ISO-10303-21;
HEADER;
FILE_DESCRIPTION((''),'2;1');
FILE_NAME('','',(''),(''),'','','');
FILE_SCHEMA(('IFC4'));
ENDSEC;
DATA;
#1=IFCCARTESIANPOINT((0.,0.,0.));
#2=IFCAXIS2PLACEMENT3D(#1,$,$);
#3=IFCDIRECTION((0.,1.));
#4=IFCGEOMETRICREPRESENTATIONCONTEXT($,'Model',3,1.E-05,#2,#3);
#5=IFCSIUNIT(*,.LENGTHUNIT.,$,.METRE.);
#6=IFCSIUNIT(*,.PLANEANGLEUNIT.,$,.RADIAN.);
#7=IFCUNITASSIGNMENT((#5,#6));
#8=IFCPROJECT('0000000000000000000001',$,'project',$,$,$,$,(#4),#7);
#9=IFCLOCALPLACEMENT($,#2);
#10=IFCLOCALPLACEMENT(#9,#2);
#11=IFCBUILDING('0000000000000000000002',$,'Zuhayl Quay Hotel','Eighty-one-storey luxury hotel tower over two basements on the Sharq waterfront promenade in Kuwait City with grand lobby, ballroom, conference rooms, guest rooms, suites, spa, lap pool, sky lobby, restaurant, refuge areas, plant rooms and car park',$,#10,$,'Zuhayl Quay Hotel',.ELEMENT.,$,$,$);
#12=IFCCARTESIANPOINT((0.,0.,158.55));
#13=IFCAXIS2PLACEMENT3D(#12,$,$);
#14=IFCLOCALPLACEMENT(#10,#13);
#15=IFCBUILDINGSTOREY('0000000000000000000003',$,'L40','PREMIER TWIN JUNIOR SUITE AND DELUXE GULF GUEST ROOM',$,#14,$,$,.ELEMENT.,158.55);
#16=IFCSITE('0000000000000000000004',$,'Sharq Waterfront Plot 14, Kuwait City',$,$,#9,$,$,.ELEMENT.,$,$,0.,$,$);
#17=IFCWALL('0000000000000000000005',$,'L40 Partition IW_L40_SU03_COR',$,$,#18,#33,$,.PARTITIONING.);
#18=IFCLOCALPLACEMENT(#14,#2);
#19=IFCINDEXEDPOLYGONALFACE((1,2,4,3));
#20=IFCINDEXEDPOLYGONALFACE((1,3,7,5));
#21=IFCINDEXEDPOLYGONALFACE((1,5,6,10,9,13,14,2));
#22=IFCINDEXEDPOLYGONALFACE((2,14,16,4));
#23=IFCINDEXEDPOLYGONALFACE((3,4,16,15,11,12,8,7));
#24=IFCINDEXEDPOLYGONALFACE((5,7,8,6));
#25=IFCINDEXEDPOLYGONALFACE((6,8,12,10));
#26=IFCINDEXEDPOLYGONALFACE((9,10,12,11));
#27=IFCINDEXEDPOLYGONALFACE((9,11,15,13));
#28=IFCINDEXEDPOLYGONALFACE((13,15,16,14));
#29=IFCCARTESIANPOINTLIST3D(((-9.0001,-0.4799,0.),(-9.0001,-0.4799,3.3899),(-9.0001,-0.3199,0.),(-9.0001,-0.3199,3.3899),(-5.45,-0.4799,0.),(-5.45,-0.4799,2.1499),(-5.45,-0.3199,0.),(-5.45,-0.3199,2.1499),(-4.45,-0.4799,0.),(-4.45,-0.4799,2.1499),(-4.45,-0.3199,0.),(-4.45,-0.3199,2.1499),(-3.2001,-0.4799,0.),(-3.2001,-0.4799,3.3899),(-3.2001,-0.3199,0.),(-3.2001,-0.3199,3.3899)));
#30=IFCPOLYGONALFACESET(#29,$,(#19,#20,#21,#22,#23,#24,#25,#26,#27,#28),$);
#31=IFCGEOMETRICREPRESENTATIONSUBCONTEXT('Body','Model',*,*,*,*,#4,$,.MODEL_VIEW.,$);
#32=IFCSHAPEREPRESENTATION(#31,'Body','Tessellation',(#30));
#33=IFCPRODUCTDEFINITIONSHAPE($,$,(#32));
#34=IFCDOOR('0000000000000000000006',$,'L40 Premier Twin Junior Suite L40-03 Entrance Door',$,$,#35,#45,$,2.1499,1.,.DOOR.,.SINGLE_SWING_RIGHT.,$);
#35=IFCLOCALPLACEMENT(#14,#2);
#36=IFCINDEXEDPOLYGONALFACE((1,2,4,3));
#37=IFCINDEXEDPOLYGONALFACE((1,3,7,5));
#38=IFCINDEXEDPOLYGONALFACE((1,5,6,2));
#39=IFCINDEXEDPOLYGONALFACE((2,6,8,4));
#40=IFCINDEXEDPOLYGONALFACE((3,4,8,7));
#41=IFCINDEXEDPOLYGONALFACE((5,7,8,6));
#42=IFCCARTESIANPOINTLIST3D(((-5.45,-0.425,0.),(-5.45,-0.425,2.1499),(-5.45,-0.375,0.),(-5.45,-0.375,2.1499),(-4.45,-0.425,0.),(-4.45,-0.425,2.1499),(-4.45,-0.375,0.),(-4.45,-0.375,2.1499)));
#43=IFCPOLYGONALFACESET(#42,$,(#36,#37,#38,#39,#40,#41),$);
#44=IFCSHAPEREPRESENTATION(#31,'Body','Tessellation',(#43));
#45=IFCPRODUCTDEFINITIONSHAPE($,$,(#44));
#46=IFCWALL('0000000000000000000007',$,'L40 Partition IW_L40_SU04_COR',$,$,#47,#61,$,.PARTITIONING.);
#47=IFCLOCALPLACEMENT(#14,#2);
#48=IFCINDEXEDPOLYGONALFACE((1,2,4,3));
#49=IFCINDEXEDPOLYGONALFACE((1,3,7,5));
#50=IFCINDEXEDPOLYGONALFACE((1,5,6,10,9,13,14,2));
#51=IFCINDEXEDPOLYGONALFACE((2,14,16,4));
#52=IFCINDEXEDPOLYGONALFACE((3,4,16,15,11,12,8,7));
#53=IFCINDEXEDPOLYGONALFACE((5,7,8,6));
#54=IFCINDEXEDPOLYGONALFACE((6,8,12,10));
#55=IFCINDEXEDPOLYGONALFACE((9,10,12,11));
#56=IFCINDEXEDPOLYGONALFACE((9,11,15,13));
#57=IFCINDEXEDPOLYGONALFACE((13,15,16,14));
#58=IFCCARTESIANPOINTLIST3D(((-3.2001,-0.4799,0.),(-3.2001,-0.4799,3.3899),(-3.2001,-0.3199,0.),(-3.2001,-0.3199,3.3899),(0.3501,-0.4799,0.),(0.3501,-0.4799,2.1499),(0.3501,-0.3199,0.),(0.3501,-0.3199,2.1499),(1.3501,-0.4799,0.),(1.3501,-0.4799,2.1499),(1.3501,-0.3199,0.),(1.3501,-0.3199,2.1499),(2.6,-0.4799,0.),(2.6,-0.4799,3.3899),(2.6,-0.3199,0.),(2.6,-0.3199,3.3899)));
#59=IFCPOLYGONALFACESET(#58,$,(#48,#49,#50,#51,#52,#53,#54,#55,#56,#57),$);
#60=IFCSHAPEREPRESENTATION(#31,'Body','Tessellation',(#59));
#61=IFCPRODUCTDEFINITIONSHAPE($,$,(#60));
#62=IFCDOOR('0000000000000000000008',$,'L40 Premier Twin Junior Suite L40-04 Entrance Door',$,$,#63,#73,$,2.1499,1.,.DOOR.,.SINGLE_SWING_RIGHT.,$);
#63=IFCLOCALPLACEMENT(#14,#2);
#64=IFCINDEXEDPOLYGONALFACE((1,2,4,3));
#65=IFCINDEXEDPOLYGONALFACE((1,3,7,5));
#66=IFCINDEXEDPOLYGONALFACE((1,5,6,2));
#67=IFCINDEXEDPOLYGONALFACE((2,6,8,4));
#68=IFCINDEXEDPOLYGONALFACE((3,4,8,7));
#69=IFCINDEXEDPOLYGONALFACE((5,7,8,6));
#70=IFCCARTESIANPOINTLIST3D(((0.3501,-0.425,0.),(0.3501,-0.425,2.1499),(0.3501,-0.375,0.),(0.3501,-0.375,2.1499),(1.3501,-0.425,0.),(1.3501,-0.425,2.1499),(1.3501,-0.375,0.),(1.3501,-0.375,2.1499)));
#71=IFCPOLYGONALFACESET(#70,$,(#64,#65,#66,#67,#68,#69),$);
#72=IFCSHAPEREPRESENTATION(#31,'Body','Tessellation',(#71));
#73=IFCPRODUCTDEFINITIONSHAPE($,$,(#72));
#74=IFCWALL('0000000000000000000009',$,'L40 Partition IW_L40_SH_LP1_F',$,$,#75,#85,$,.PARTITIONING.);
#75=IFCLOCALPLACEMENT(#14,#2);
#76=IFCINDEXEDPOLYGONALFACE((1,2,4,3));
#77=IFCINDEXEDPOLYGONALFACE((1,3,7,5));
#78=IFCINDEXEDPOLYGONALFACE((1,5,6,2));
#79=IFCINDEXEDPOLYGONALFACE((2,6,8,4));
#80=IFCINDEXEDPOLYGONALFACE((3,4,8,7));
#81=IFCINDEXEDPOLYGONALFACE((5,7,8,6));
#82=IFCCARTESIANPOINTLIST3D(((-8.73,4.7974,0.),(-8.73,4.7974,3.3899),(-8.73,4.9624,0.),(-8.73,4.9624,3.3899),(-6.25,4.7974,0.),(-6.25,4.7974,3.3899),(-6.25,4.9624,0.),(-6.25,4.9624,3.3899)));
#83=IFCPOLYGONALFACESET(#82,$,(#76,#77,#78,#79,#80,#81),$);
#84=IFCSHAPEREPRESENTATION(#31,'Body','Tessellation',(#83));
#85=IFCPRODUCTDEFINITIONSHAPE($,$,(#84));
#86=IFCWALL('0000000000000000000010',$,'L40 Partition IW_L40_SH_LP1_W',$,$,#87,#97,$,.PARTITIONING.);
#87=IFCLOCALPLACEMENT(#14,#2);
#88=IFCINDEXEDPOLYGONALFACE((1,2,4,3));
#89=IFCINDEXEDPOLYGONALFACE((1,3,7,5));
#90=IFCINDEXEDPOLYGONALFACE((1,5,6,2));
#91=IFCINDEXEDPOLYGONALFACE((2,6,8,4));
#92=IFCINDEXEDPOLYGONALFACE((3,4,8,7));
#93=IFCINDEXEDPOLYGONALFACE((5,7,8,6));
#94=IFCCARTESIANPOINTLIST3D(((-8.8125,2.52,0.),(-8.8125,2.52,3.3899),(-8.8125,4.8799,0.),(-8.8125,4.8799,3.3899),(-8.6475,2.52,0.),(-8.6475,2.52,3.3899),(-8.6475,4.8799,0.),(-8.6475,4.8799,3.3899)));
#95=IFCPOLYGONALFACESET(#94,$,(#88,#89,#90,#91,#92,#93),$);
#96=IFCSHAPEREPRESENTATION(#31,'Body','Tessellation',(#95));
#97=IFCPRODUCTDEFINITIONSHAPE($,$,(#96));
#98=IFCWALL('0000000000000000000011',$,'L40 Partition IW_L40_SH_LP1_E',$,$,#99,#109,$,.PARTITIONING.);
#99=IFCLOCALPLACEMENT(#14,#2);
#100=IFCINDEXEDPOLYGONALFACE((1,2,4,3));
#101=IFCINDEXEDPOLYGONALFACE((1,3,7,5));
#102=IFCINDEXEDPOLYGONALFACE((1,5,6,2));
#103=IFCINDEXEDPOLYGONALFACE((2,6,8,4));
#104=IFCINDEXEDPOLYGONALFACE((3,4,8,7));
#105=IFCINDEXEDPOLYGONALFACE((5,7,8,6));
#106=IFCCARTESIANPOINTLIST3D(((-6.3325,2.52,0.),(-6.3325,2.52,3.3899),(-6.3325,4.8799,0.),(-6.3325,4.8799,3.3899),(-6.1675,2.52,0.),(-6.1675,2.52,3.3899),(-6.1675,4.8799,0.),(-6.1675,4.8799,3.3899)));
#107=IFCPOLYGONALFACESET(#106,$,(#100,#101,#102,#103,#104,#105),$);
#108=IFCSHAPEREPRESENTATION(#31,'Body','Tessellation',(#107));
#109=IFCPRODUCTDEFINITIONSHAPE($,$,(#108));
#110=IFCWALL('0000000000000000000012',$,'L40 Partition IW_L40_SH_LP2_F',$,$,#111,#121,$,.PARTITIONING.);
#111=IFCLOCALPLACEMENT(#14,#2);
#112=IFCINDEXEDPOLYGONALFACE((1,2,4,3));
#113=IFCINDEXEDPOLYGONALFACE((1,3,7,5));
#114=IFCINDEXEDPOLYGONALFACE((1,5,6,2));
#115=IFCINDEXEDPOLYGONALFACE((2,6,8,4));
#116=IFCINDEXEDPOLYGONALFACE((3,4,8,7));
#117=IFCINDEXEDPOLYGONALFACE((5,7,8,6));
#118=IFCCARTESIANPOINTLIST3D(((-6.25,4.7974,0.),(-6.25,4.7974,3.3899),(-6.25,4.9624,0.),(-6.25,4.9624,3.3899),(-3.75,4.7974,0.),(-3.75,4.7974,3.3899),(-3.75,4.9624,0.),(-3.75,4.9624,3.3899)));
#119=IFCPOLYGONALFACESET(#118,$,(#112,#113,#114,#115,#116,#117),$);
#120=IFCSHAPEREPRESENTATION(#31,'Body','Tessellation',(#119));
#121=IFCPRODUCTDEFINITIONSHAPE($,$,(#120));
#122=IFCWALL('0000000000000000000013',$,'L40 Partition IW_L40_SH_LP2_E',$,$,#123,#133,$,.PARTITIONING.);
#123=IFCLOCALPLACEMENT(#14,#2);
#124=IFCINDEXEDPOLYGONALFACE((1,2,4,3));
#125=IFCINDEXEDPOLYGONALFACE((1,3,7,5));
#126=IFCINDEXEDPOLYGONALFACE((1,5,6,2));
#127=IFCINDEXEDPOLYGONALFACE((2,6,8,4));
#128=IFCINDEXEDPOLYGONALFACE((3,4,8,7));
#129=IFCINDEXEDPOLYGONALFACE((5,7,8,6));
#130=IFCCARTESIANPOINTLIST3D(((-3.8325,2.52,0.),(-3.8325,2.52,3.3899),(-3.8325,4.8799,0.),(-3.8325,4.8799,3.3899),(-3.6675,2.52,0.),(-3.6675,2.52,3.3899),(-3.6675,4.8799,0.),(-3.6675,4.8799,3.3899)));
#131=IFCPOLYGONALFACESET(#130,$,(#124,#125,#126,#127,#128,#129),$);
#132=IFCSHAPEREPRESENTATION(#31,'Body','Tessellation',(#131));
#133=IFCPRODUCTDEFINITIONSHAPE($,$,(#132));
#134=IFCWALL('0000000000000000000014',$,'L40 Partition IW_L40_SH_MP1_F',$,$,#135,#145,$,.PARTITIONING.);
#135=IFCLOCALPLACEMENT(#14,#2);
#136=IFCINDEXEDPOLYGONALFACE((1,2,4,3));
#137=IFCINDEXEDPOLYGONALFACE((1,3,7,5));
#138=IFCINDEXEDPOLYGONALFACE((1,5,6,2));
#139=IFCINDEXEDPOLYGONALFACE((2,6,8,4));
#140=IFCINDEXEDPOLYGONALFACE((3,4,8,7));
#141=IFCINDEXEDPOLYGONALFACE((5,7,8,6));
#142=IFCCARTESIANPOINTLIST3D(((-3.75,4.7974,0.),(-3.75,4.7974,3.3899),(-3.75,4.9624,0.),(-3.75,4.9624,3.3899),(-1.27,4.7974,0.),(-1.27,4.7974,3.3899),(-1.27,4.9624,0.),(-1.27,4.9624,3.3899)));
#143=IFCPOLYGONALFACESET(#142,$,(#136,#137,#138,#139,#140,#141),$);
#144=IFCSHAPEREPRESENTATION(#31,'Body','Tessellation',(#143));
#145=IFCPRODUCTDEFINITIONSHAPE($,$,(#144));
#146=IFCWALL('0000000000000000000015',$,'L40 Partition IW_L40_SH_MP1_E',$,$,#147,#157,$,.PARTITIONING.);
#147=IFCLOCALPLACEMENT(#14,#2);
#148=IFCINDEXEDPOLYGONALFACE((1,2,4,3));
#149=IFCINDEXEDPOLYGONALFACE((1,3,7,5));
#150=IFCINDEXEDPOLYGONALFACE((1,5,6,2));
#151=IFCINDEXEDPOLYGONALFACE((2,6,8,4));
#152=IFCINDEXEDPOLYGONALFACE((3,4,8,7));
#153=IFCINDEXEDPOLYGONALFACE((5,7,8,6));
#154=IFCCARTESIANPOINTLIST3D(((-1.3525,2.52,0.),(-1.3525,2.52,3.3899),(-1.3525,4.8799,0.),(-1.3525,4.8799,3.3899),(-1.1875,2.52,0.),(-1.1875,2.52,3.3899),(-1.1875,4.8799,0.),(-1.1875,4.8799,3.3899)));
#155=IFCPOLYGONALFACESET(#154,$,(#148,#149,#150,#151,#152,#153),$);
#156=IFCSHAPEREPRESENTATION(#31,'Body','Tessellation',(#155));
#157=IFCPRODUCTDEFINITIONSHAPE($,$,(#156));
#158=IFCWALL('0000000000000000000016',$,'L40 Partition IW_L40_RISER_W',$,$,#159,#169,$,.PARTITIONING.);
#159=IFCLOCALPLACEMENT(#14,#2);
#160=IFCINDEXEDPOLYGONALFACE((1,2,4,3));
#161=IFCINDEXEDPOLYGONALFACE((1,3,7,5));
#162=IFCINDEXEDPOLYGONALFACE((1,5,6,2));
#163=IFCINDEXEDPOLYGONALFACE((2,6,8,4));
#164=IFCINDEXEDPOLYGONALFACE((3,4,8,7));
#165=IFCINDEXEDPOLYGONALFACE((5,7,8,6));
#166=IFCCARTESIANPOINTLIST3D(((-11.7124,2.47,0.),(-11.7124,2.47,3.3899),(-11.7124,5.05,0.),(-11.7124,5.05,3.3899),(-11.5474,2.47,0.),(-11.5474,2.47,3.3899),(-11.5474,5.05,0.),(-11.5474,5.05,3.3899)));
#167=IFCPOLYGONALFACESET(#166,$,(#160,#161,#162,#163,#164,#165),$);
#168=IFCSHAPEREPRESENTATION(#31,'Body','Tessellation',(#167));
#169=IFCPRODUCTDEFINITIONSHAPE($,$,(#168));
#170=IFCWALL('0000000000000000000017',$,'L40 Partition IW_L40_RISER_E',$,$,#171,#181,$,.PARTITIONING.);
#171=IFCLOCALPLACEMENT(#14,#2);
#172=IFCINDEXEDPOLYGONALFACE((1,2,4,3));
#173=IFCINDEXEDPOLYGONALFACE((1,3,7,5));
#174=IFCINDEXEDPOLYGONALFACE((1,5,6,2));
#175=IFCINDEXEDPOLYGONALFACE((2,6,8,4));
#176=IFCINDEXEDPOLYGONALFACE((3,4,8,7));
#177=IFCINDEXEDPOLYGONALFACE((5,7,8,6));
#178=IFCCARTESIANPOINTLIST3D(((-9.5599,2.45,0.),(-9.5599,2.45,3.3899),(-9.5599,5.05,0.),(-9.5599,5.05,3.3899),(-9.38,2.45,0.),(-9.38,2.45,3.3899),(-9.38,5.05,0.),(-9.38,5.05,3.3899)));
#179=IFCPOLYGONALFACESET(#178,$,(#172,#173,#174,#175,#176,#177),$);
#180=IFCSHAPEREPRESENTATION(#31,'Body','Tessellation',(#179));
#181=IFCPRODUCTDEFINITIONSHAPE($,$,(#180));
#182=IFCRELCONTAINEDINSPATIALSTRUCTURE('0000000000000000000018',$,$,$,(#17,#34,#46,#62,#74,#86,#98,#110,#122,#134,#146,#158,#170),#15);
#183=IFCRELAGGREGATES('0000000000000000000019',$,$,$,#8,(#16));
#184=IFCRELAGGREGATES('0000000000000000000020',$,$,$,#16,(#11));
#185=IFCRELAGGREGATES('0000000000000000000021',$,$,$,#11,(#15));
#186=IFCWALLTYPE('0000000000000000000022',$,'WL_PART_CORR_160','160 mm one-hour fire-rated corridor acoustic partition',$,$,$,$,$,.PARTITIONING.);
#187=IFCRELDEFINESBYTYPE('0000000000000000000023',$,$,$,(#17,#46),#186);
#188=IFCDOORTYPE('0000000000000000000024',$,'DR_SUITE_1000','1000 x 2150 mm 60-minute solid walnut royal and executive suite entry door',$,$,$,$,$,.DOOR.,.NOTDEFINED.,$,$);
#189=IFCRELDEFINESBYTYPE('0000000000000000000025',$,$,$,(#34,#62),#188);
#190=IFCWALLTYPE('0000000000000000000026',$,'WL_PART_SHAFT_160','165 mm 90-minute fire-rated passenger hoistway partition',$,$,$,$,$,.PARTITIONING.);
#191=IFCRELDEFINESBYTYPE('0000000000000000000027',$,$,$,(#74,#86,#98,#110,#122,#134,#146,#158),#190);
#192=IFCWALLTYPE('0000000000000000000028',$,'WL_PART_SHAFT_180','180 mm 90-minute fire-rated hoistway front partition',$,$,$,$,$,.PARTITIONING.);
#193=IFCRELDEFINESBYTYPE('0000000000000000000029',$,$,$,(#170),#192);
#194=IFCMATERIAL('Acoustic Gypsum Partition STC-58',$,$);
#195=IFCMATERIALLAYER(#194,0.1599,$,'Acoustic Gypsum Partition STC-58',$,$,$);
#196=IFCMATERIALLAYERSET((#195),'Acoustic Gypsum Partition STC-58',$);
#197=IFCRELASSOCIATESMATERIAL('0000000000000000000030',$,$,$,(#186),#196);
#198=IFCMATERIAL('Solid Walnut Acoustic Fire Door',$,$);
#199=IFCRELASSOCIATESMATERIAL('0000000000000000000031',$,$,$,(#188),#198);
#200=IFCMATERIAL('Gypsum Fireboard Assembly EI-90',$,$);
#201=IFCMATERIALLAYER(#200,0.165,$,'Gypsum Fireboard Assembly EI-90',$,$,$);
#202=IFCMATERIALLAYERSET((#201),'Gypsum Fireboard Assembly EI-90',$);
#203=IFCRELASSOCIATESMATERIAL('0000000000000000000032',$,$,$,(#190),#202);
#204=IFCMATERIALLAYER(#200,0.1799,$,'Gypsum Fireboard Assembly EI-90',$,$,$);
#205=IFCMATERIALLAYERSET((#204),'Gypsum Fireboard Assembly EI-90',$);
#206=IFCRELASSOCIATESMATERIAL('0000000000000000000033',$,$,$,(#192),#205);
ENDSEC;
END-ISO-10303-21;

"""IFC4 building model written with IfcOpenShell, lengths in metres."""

from ifc_helpers import new_model, si_unit, direction, frame, frame_2d, origin, place, context, subcontext, project, spatial, rectangle, extrude, material, layer, layer_set, type_object, element, fill, save


model = new_model("IFC4")

# Units and contexts
model_context = context("Model", 3, precision=1e-05, world=origin(), true_north=direction((0.0, 1.0)))
body_context = subcontext(model_context, "Body", "Model", "MODEL_VIEW")
ifc_project = project(units=[si_unit("LENGTHUNIT", "METRE"), si_unit("PLANEANGLEUNIT", "RADIAN")], contexts=[model_context])

# Site, building, storey
site_placement = place(None, origin())
site = spatial("IfcSite", under=ifc_project, at=site_placement, Name="Sharq Waterfront Plot 14, Kuwait City", CompositionType="ELEMENT", RefElevation=0.0)
building_placement = place(site_placement, origin())
building = spatial("IfcBuilding", under=site, at=building_placement, Name="Zuhayl Quay Hotel", Description="Eighty-one-storey luxury hotel tower over two basements on the Sharq waterfront promenade in Kuwait City with grand lobby, ballroom, conference rooms, guest rooms, suites, spa, lap pool, sky lobby, restaurant, refuge areas, plant rooms and car park", LongName="Zuhayl Quay Hotel", CompositionType="ELEMENT")
storey_placement = place(building_placement, frame((0.0, 0.0, 158.55)))
storey = spatial("IfcBuildingStorey", under=building, at=storey_placement, Name="L40", Description="PREMIER TWIN JUNIOR SUITE AND DELUXE GULF GUEST ROOM", CompositionType="ELEMENT", Elevation=158.55)

# Shared definitions
ifc_material_1 = material(Name="Acoustic Gypsum Partition STC-58")

# Walls, openings, doors
ifc_layer_1 = layer(ifc_material_1, 0.1599, Name="Acoustic Gypsum Partition STC-58")
ifc_layer_set_1 = layer_set([ifc_layer_1], Name="Acoustic Gypsum Partition STC-58")
wall_type_1 = type_object("IfcWallType", Name="WL_PART_CORR_160", Description="160 mm one-hour fire-rated corridor acoustic partition", PredefinedType="PARTITIONING", material=ifc_layer_set_1)
wall_1_placement = place(storey_placement, frame((-9.0, -0.3999, 0.0), z_axis=(0.0, 0.0, 1.0), x_axis=(1.0, 0.0, 0.0)))
wall_1 = element("IfcWall", 1, at=wall_1_placement, inside=storey, type_object=wall_type_1, Name="L40 Partition IW_L40_SU03_COR", PredefinedType="PARTITIONING", context=body_context, shape_type="SweptSolid", body=[
    extrude(rectangle(XDim=5.8, YDim=0.1599, at=frame_2d((2.8999, 0.0))), origin(), (0.0, 0.0, 1.0), 3.3899),
])
opening_1_placement = place(wall_1_placement, frame((3.55, 0.0, 0.0)))
opening_1 = element("IfcOpeningElement", 2, at=opening_1_placement, cuts=wall_1, PredefinedType="OPENING", context=body_context, shape_type="SweptSolid", body=[
    extrude(rectangle(XDim=1.0, YDim=2.1499, at=frame_2d((0.5, 1.075))), frame((0.0, 0.0898, 0.0), z_axis=(0.0, -1.0, 0.0), x_axis=(1.0, 0.0, 0.0)), (0.0, 0.0, 1.0), 0.1799),
])
ifc_material_2 = material(Name="Solid Walnut Acoustic Fire Door")
door_type_1 = type_object("IfcDoorType", Name="DR_SUITE_1000", Description="1000 x 2150 mm 60-minute solid walnut royal and executive suite entry door", OperationType="NOTDEFINED", PredefinedType="DOOR", material=ifc_material_2)
door_1_placement = place(opening_1_placement, origin())
door_1 = element("IfcDoor", 3, at=door_1_placement, inside=storey, type_object=door_type_1, Name="L40 Premier Twin Junior Suite L40-03 Entrance Door", OperationType="SINGLE_SWING_RIGHT", OverallHeight=2.1499, OverallWidth=1.0, PredefinedType="DOOR", context=body_context, shape_type="SweptSolid", body=[
    extrude(rectangle(XDim=1.0, YDim=2.1499, at=frame_2d((0.5, 1.075))), frame((0.0, 0.0249, 0.0), z_axis=(0.0, -1.0, 0.0), x_axis=(1.0, 0.0, 0.0)), (0.0, 0.0, 1.0), 0.05),
])
fill(opening_1, door_1)
wall_2_placement = place(storey_placement, frame((-3.2, -0.3999, 0.0), z_axis=(0.0, 0.0, 1.0), x_axis=(1.0, 0.0, 0.0)))
wall_2 = element("IfcWall", 4, at=wall_2_placement, inside=storey, type_object=wall_type_1, Name="L40 Partition IW_L40_SU04_COR", PredefinedType="PARTITIONING", context=body_context, shape_type="SweptSolid", body=[
    extrude(rectangle(XDim=5.8, YDim=0.1599, at=frame_2d((2.8999, 0.0))), origin(), (0.0, 0.0, 1.0), 3.3899),
])
opening_2_placement = place(wall_2_placement, frame((3.55, 0.0, 0.0)))
opening_2 = element("IfcOpeningElement", 5, at=opening_2_placement, cuts=wall_2, PredefinedType="OPENING", context=body_context, shape_type="SweptSolid", body=[
    extrude(rectangle(XDim=1.0, YDim=2.1499, at=frame_2d((0.5, 1.075))), frame((0.0, 0.0898, 0.0), z_axis=(0.0, -1.0, 0.0), x_axis=(1.0, 0.0, 0.0)), (0.0, 0.0, 1.0), 0.1799),
])
door_2_placement = place(opening_2_placement, origin())
door_2 = element("IfcDoor", 6, at=door_2_placement, inside=storey, type_object=door_type_1, Name="L40 Premier Twin Junior Suite L40-04 Entrance Door", OperationType="SINGLE_SWING_RIGHT", OverallHeight=2.1499, OverallWidth=1.0, PredefinedType="DOOR", context=body_context, shape_type="SweptSolid", body=[
    extrude(rectangle(XDim=1.0, YDim=2.1499, at=frame_2d((0.5, 1.075))), frame((0.0, 0.0249, 0.0), z_axis=(0.0, -1.0, 0.0), x_axis=(1.0, 0.0, 0.0)), (0.0, 0.0, 1.0), 0.05),
])
fill(opening_2, door_2)

# Walls
ifc_material_3 = material(Name="Gypsum Fireboard Assembly EI-90")
ifc_layer_2 = layer(ifc_material_3, 0.165, Name="Gypsum Fireboard Assembly EI-90")
ifc_layer_set_2 = layer_set([ifc_layer_2], Name="Gypsum Fireboard Assembly EI-90")
wall_type_2 = type_object("IfcWallType", Name="WL_PART_SHAFT_160", Description="165 mm 90-minute fire-rated passenger hoistway partition", PredefinedType="PARTITIONING", material=ifc_layer_set_2)
wall_3_placement = place(storey_placement, frame((-8.73, 4.8799, 0.0), z_axis=(0.0, 0.0, 1.0), x_axis=(1.0, 0.0, 0.0)))
element("IfcWall", 7, at=wall_3_placement, inside=storey, type_object=wall_type_2, Name="L40 Partition IW_L40_SH_LP1_F", PredefinedType="PARTITIONING", context=body_context, shape_type="SweptSolid", body=[
    extrude(rectangle(XDim=2.48, YDim=0.165, at=frame_2d((1.24, 0.0))), origin(), (0.0, 0.0, 1.0), 3.3899),
])
for number, where, z_axis, x_axis, name in (
    (8, (-8.73, 2.52, 0.0), (0.0, 0.0, 1.0), (0.0, 1.0, 0.0), "L40 Partition IW_L40_SH_LP1_W"),
    (9, (-6.25, 2.52, 0.0), (0.0, 0.0, 1.0), (0.0, 1.0, 0.0), "L40 Partition IW_L40_SH_LP1_E"),
):
    element("IfcWall", number, at=place(storey_placement, frame(where, z_axis=z_axis, x_axis=x_axis)), inside=storey, type_object=wall_type_2, Name=name, PredefinedType="PARTITIONING", context=body_context, shape_type="SweptSolid", body=[
        extrude(rectangle(XDim=2.3599, YDim=0.165, at=frame_2d((1.1799, 0.0))), origin(), (0.0, 0.0, 1.0), 3.3899),
    ])
wall_4_placement = place(storey_placement, frame((-6.25, 4.8799, 0.0), z_axis=(0.0, 0.0, 1.0), x_axis=(1.0, 0.0, 0.0)))
element("IfcWall", 10, at=wall_4_placement, inside=storey, type_object=wall_type_2, Name="L40 Partition IW_L40_SH_LP2_F", PredefinedType="PARTITIONING", context=body_context, shape_type="SweptSolid", body=[
    extrude(rectangle(XDim=2.5, YDim=0.165, at=frame_2d((1.25, 0.0))), origin(), (0.0, 0.0, 1.0), 3.3899),
])
wall_5_placement = place(storey_placement, frame((-3.75, 2.52, 0.0), z_axis=(0.0, 0.0, 1.0), x_axis=(0.0, 1.0, 0.0)))
element("IfcWall", 11, at=wall_5_placement, inside=storey, type_object=wall_type_2, Name="L40 Partition IW_L40_SH_LP2_E", PredefinedType="PARTITIONING", context=body_context, shape_type="SweptSolid", body=[
    extrude(rectangle(XDim=2.3599, YDim=0.165, at=frame_2d((1.1799, 0.0))), origin(), (0.0, 0.0, 1.0), 3.3899),
])
wall_6_placement = place(storey_placement, frame((-3.75, 4.8799, 0.0), z_axis=(0.0, 0.0, 1.0), x_axis=(1.0, 0.0, 0.0)))
element("IfcWall", 12, at=wall_6_placement, inside=storey, type_object=wall_type_2, Name="L40 Partition IW_L40_SH_MP1_F", PredefinedType="PARTITIONING", context=body_context, shape_type="SweptSolid", body=[
    extrude(rectangle(XDim=2.48, YDim=0.165, at=frame_2d((1.24, 0.0))), origin(), (0.0, 0.0, 1.0), 3.3899),
])
wall_7_placement = place(storey_placement, frame((-1.27, 2.52, 0.0), z_axis=(0.0, 0.0, 1.0), x_axis=(0.0, 1.0, 0.0)))
element("IfcWall", 13, at=wall_7_placement, inside=storey, type_object=wall_type_2, Name="L40 Partition IW_L40_SH_MP1_E", PredefinedType="PARTITIONING", context=body_context, shape_type="SweptSolid", body=[
    extrude(rectangle(XDim=2.3599, YDim=0.165, at=frame_2d((1.1799, 0.0))), origin(), (0.0, 0.0, 1.0), 3.3899),
])
wall_8_placement = place(storey_placement, frame((-11.6299, 2.47, 0.0), z_axis=(0.0, 0.0, 1.0), x_axis=(0.0, 1.0, 0.0)))
element("IfcWall", 14, at=wall_8_placement, inside=storey, type_object=wall_type_2, Name="L40 Partition IW_L40_RISER_W", PredefinedType="PARTITIONING", context=body_context, shape_type="SweptSolid", body=[
    extrude(rectangle(XDim=2.5801, YDim=0.165, at=frame_2d((1.29, 0.0))), origin(), (0.0, 0.0, 1.0), 3.3899),
])
ifc_layer_3 = layer(ifc_material_3, 0.1799, Name="Gypsum Fireboard Assembly EI-90")
ifc_layer_set_3 = layer_set([ifc_layer_3], Name="Gypsum Fireboard Assembly EI-90")
wall_type_3 = type_object("IfcWallType", Name="WL_PART_SHAFT_180", Description="180 mm 90-minute fire-rated hoistway front partition", PredefinedType="PARTITIONING", material=ifc_layer_set_3)
wall_9_placement = place(storey_placement, frame((-9.47, 2.45, 0.0), z_axis=(0.0, 0.0, 1.0), x_axis=(0.0, 1.0, 0.0)))
element("IfcWall", 15, at=wall_9_placement, inside=storey, type_object=wall_type_3, Name="L40 Partition IW_L40_RISER_E", PredefinedType="PARTITIONING", context=body_context, shape_type="SweptSolid", body=[
    extrude(rectangle(XDim=2.6001, YDim=0.1799, at=frame_2d((1.3, 0.0))), origin(), (0.0, 0.0, 1.0), 3.3899),
])

save(model, "model.ifc")
